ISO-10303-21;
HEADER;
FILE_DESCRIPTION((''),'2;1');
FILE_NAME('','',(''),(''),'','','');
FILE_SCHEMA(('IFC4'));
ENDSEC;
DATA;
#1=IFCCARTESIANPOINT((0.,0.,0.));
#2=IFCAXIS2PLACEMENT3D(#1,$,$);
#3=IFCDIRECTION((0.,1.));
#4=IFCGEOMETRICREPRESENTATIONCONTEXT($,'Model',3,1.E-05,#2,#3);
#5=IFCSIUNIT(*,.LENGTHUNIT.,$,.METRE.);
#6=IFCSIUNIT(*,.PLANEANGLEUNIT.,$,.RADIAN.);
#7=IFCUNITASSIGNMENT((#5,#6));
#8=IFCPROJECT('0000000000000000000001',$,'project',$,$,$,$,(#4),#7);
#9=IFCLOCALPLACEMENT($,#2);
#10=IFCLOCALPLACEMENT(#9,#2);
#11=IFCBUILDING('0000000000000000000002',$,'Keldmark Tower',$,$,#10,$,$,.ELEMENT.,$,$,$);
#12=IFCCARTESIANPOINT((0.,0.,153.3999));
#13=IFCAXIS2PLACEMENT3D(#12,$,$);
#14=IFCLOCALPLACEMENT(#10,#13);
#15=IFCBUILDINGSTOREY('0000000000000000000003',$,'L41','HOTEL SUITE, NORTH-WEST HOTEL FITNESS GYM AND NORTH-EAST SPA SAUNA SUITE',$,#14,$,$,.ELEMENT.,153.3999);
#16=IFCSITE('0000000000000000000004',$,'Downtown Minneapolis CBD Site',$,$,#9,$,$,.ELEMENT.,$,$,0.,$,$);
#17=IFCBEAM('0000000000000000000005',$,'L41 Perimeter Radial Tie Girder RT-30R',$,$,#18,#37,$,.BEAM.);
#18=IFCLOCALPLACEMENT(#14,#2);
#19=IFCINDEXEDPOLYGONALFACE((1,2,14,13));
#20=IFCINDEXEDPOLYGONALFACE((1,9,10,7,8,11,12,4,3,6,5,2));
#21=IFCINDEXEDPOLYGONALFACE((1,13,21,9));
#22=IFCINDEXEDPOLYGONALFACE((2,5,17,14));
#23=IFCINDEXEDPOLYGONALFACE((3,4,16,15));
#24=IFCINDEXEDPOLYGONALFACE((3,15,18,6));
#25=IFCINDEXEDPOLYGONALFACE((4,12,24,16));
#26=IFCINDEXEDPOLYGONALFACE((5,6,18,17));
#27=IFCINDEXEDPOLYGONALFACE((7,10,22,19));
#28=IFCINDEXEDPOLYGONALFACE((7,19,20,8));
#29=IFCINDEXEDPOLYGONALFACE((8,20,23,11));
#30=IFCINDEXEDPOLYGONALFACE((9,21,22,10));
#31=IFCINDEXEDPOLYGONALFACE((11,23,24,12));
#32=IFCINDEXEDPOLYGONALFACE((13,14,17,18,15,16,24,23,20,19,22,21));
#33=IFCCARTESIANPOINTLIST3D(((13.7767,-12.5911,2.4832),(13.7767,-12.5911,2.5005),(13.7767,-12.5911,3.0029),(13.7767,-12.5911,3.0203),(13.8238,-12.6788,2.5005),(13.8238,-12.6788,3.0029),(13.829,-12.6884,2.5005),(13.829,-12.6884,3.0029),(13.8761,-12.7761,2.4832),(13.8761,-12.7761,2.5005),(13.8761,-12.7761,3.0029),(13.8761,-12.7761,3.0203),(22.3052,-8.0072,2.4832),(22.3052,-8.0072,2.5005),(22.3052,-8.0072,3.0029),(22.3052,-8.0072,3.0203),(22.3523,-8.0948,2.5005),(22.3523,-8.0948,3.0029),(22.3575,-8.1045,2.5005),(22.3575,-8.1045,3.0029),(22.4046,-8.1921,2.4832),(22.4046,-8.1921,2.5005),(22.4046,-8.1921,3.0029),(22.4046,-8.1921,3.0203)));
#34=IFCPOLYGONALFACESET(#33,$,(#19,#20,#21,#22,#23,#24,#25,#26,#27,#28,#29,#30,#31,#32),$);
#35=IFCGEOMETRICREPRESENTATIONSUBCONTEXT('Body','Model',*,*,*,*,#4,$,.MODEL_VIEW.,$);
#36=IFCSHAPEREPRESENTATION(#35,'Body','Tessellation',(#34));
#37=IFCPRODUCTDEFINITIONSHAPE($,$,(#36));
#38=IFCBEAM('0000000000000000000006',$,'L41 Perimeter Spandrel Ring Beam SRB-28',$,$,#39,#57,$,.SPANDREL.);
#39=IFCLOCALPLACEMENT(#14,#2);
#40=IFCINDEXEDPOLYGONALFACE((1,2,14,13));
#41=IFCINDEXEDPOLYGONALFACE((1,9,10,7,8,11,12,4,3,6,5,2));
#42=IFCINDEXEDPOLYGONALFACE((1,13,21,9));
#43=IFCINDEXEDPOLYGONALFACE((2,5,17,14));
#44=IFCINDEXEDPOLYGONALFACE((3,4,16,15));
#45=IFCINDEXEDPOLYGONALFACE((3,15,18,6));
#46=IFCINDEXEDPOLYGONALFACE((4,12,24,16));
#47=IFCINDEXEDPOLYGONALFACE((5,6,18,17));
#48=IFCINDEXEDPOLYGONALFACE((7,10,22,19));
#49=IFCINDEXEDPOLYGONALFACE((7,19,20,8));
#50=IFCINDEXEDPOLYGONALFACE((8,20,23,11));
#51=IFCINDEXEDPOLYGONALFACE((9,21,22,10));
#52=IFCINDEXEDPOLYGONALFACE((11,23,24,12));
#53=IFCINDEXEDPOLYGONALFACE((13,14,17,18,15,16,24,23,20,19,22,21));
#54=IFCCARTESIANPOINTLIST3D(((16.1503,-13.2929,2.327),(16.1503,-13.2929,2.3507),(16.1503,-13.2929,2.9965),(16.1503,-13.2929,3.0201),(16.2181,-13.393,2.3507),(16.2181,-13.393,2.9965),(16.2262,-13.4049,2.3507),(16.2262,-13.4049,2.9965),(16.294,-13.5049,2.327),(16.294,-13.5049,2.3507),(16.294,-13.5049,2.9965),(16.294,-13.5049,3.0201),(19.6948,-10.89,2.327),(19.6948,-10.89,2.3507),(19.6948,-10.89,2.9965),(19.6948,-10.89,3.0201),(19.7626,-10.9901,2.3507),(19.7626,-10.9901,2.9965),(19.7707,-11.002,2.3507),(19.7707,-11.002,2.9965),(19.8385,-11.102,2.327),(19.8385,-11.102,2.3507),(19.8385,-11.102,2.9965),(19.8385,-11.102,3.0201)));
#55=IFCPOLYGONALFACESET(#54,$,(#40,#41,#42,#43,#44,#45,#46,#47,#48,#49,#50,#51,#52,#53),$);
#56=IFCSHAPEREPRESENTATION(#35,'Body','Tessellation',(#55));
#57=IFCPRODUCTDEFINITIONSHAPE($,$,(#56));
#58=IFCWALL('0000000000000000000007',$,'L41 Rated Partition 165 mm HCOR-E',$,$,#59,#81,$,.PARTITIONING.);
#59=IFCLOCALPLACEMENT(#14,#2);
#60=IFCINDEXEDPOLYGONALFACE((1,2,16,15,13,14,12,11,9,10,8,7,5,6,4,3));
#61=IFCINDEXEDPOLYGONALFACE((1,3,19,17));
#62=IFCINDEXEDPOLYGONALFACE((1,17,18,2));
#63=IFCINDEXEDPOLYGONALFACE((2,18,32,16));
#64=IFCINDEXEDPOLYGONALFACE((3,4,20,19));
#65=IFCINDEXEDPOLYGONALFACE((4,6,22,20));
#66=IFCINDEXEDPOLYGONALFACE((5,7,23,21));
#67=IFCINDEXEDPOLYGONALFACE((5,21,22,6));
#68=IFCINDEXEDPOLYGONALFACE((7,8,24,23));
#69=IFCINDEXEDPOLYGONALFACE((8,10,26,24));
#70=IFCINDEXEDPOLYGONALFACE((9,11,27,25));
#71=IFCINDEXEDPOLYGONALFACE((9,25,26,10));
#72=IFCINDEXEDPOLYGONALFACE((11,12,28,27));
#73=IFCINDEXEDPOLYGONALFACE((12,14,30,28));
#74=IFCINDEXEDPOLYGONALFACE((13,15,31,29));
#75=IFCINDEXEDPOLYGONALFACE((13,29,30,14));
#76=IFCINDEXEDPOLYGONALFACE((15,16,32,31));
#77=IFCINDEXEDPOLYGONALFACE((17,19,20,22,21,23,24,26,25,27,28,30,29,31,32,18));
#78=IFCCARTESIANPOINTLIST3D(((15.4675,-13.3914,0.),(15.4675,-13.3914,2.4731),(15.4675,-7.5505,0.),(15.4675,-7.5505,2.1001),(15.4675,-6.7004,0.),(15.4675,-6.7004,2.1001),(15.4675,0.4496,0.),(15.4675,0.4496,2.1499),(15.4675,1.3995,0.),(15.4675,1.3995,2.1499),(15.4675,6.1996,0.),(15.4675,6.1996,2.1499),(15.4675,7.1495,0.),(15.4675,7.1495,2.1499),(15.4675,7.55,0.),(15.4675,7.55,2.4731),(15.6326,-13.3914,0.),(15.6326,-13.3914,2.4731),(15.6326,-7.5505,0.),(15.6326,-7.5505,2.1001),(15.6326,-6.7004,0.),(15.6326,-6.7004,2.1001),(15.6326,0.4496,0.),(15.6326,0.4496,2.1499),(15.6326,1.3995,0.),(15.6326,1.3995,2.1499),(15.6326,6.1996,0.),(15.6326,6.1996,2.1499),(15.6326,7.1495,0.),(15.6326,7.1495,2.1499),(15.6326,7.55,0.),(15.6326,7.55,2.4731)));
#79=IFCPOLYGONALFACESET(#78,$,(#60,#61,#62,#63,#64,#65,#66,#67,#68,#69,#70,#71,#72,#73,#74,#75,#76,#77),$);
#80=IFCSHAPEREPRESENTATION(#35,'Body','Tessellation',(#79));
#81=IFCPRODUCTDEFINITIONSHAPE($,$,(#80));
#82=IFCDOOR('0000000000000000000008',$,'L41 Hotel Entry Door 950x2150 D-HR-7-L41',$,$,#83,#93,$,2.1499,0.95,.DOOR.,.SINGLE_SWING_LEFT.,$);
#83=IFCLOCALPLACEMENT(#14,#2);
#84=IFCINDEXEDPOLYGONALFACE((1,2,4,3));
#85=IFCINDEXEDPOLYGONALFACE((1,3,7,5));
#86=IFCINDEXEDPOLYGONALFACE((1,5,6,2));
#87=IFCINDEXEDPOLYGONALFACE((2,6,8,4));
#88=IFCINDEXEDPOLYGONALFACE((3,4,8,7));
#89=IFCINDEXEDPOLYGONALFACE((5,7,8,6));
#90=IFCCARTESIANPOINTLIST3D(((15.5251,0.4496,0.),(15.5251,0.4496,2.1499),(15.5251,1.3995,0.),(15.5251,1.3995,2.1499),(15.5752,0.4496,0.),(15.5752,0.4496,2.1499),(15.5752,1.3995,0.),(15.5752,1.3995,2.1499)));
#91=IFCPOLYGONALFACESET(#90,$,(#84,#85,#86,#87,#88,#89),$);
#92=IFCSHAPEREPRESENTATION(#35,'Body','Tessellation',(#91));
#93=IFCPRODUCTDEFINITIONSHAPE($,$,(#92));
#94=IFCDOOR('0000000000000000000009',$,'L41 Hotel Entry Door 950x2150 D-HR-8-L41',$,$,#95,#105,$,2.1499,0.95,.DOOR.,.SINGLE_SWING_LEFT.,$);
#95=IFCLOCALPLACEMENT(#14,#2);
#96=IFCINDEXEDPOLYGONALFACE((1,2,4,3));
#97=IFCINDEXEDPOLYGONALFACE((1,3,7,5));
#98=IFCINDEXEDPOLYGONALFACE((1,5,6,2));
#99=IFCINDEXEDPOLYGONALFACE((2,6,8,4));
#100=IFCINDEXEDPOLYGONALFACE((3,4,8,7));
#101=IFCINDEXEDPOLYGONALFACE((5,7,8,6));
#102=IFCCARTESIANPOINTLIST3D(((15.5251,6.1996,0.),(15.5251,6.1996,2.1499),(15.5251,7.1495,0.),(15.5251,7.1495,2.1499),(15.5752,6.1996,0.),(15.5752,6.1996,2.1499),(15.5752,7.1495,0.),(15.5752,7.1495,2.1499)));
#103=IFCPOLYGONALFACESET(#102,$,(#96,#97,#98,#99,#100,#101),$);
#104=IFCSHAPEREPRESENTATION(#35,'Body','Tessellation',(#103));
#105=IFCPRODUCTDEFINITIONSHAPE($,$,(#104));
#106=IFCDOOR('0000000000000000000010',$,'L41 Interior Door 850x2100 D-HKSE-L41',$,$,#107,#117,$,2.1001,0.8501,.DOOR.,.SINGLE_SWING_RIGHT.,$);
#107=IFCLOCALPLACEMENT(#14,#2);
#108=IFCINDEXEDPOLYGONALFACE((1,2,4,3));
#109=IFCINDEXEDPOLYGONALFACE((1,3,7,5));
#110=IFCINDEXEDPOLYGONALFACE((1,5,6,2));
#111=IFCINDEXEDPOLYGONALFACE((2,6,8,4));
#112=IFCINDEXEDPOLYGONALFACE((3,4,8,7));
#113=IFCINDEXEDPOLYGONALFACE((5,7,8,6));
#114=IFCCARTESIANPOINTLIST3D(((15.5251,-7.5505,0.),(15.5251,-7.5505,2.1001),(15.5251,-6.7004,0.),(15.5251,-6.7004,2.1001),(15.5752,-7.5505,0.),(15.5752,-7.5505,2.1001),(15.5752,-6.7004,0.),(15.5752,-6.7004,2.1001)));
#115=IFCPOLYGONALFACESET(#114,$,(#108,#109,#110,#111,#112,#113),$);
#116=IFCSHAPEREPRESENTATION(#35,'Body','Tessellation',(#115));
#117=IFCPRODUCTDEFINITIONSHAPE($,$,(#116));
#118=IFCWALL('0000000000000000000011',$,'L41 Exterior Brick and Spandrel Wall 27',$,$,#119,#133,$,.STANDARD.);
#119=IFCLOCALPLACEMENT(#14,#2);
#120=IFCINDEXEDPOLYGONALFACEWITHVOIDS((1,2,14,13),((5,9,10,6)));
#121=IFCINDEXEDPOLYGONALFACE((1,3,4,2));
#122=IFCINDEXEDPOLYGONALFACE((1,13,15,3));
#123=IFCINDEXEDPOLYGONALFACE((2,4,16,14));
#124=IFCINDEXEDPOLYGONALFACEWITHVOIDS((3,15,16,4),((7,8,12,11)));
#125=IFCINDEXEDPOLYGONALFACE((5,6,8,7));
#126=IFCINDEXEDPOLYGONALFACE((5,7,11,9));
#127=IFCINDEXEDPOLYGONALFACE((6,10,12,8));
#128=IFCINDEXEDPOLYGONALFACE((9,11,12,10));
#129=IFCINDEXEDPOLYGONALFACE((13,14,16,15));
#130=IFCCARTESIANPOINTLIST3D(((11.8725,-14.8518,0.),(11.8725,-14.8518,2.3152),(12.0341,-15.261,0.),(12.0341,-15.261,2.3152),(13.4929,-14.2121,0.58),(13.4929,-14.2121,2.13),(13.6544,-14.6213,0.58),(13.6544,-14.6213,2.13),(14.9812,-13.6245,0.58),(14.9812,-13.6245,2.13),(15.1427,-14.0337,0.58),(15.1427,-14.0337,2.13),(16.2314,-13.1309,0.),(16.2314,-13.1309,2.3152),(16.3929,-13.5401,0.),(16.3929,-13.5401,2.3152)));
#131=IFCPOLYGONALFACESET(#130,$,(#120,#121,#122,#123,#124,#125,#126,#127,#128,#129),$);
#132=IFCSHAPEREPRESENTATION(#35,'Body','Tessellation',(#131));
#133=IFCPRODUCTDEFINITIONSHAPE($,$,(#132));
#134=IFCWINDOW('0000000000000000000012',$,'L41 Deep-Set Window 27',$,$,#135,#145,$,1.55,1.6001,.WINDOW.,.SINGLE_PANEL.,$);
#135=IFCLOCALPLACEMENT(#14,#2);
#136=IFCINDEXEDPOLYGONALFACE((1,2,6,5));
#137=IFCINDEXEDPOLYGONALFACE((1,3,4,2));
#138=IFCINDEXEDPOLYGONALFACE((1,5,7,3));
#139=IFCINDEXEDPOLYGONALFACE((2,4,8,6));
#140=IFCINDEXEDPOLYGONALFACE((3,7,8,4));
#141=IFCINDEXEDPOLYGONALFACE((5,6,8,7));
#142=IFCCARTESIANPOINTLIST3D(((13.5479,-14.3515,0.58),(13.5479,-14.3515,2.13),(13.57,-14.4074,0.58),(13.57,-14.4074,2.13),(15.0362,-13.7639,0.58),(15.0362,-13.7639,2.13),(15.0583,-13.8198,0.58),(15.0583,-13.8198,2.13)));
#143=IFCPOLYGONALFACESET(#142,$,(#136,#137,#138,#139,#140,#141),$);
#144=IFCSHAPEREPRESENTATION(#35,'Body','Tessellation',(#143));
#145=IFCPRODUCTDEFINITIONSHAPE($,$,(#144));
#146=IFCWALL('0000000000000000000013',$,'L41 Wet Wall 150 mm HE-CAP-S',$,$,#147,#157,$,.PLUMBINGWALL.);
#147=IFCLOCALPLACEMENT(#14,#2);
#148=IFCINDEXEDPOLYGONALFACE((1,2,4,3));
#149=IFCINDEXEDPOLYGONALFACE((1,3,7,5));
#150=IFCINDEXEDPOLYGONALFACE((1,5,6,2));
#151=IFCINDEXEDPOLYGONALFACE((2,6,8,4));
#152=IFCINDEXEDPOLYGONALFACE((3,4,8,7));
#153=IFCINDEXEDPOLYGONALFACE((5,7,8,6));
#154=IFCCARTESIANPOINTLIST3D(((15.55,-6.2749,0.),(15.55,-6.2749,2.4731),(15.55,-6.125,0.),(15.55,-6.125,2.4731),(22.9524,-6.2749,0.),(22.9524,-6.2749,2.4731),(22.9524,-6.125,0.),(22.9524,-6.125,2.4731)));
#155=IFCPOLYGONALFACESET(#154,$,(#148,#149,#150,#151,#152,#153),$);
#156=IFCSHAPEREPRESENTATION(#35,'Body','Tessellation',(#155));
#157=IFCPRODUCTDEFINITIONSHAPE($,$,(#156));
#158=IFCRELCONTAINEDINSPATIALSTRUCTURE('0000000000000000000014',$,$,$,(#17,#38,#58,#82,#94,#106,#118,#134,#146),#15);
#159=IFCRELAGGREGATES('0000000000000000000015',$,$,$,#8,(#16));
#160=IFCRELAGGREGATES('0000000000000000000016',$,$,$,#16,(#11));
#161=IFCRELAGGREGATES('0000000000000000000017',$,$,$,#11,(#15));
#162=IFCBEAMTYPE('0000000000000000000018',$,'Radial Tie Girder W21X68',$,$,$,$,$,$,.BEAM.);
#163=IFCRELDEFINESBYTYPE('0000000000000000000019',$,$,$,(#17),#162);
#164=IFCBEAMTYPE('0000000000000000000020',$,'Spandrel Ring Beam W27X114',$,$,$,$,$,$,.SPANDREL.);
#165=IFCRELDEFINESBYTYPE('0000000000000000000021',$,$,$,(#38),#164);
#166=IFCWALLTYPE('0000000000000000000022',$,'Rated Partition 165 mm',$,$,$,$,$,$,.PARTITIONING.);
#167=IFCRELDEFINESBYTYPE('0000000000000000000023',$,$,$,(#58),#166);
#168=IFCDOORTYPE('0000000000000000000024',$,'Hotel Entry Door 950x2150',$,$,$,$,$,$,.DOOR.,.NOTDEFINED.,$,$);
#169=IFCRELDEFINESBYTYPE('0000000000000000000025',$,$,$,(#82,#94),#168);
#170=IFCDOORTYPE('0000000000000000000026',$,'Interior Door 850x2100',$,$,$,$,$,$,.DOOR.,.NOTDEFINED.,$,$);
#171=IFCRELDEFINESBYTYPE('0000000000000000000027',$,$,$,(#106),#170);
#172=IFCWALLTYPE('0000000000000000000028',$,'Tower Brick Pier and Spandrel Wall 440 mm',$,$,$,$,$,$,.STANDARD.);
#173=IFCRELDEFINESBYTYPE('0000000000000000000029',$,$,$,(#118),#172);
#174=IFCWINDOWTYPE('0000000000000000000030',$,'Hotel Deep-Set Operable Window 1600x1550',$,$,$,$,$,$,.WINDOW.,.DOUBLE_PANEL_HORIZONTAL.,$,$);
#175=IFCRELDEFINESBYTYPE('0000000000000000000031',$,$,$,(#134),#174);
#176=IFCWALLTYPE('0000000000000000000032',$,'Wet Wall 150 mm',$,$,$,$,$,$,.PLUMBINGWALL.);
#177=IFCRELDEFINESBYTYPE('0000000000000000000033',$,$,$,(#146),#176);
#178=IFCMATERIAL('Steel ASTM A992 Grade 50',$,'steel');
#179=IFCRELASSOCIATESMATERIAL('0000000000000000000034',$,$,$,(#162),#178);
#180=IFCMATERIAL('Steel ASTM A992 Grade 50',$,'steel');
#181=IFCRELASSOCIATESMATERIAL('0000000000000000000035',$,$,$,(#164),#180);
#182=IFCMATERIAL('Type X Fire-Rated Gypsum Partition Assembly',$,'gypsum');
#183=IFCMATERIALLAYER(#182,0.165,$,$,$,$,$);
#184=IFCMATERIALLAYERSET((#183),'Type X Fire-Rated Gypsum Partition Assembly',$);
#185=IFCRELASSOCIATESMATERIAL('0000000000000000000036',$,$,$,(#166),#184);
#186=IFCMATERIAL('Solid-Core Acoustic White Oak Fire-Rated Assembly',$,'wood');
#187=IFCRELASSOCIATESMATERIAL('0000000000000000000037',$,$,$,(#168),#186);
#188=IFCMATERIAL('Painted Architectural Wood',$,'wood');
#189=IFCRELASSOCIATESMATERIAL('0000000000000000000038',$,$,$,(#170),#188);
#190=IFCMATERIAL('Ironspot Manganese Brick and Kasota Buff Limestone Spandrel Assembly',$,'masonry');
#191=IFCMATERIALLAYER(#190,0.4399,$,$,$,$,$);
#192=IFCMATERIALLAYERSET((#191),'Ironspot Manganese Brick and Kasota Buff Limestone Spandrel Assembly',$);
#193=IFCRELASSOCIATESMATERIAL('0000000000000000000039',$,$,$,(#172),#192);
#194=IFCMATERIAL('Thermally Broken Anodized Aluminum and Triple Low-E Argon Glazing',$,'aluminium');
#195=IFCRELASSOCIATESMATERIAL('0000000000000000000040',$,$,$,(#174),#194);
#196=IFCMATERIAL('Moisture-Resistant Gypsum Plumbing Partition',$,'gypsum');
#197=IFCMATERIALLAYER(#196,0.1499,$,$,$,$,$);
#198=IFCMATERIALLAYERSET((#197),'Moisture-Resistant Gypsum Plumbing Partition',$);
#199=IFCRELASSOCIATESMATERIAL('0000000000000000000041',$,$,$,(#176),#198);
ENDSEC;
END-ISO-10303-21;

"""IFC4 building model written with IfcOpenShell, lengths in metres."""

from ifc_helpers import new_model, si_unit, direction, frame, frame_2d, origin, origin_2d, place, context, subcontext, project, spatial, rectangle, i_section, extrude, material, layer, layer_set, material_profile, profile_set, type_object, element, fill, save


model = new_model("IFC4")

# Units and contexts
model_context = context("Model", 3, precision=1e-05, world=origin(), true_north=direction((0.0, 1.0)))
body_context = subcontext(model_context, "Body", "Model", "MODEL_VIEW")
ifc_project = project(units=[si_unit("LENGTHUNIT", "METRE"), si_unit("PLANEANGLEUNIT", "RADIAN")], contexts=[model_context])

# Site, building, storey
site_placement = place(None, origin())
site = spatial("IfcSite", under=ifc_project, at=site_placement, Name="Downtown Minneapolis CBD Site", CompositionType="ELEMENT", RefElevation=0.0)
building_placement = place(site_placement, origin())
building = spatial("IfcBuilding", under=site, at=building_placement, Name="Keldmark Tower", CompositionType="ELEMENT")
storey_placement = place(building_placement, frame((0.0, 0.0, 153.3999)))
storey = spatial("IfcBuildingStorey", under=building, at=storey_placement, Name="L41", Description="HOTEL SUITE, NORTH-WEST HOTEL FITNESS GYM AND NORTH-EAST SPA SAUNA SUITE", CompositionType="ELEMENT", Elevation=153.3999)

# Beams
ifc_material_1 = material(Name="Steel ASTM A992 Grade 50", Category="steel")
ifc_material_profile_1 = material_profile(ifc_material_1, i_section(OverallWidth=0.21, OverallDepth=0.5371, WebThickness=0.011, FlangeThickness=0.0173, at=origin_2d()), Name="W21X68")
ifc_profile_set_1 = profile_set([ifc_material_profile_1], Name="Steel ASTM A992 Grade 50")
beam_type_1 = type_object("IfcBeamType", Name="Radial Tie Girder W21X68", PredefinedType="BEAM", material=ifc_profile_set_1)
beam_1_placement = place(storey_placement, frame((13.8264, -12.6836, 2.7517), z_axis=(0.88083, 0.473434, 0.0), x_axis=(-0.473434, 0.88083, 0.0)))
element("IfcBeam", 1, at=beam_1_placement, inside=storey, type_object=beam_type_1, Name="L41 Perimeter Radial Tie Girder RT-30R", PredefinedType="BEAM", context=body_context, shape_type="SweptSolid", body=[
    extrude(i_section(OverallWidth=0.21, OverallDepth=0.5371, WebThickness=0.011, FlangeThickness=0.0173, at=origin_2d()), origin(), (0.0, 0.0, 1.0), 9.6824),
])
ifc_material_2 = material(Name="Steel ASTM A992 Grade 50", Category="steel")
ifc_material_profile_2 = material_profile(ifc_material_2, i_section(OverallWidth=0.2561, OverallDepth=0.6931, WebThickness=0.0144, FlangeThickness=0.0237, at=origin_2d()), Name="W27X114")
ifc_profile_set_2 = profile_set([ifc_material_profile_2], Name="Steel ASTM A992 Grade 50")
beam_type_2 = type_object("IfcBeamType", Name="Spandrel Ring Beam W27X114", PredefinedType="SPANDREL", material=ifc_profile_set_2)
beam_2_placement = place(storey_placement, frame((16.2222, -13.3989, 2.6736), z_axis=(0.827727, 0.56113, 0.0), x_axis=(-0.56113, 0.827727, 0.0)))
element("IfcBeam", 2, at=beam_2_placement, inside=storey, type_object=beam_type_2, Name="L41 Perimeter Spandrel Ring Beam SRB-28", PredefinedType="SPANDREL", context=body_context, shape_type="SweptSolid", body=[
    extrude(i_section(OverallWidth=0.2561, OverallDepth=0.6931, WebThickness=0.0144, FlangeThickness=0.0237, at=origin_2d()), origin(), (0.0, 0.0, 1.0), 4.2822),
])

# Wall, openings, doors
ifc_material_3 = material(Name="Type X Fire-Rated Gypsum Partition Assembly", Category="gypsum")
ifc_layer_1 = layer(ifc_material_3, 0.165)
ifc_layer_set_1 = layer_set([ifc_layer_1], Name="Type X Fire-Rated Gypsum Partition Assembly")
wall_type_1 = type_object("IfcWallType", Name="Rated Partition 165 mm", PredefinedType="PARTITIONING", material=ifc_layer_set_1)
wall_1_placement = place(storey_placement, frame((15.55, -13.3914, 0.0), z_axis=(0.0, 0.0, 1.0), x_axis=(0.0, 1.0, 0.0)))
wall_1 = element("IfcWall", 3, at=wall_1_placement, inside=storey, type_object=wall_type_1, Name="L41 Rated Partition 165 mm HCOR-E", PredefinedType="PARTITIONING", context=body_context, shape_type="SweptSolid", body=[
    extrude(rectangle(XDim=20.9414, YDim=0.165, at=frame_2d((10.4707, 0.0))), origin(), (0.0, 0.0, 1.0), 2.4731),
])
opening_1_placement = place(wall_1_placement, frame((5.8408, 0.0, 0.0)))
opening_1 = element("IfcOpeningElement", 4, at=opening_1_placement, cuts=wall_1, PredefinedType="OPENING", context=body_context, shape_type="SweptSolid", body=[
    extrude(rectangle(XDim=0.8501, YDim=2.1001, at=frame_2d((0.425, 1.05))), frame((0.0, 0.0925, 0.0), z_axis=(0.0, -1.0, 0.0), x_axis=(1.0, 0.0, 0.0)), (0.0, 0.0, 1.0), 0.1851),
])
opening_2_placement = place(wall_1_placement, frame((13.8408, 0.0, 0.0)))
opening_2 = element("IfcOpeningElement", 5, at=opening_2_placement, cuts=wall_1, PredefinedType="OPENING", context=body_context, shape_type="SweptSolid", body=[
    extrude(rectangle(XDim=0.95, YDim=2.1499, at=frame_2d((0.4751, 1.075))), frame((0.0, 0.0925, 0.0), z_axis=(0.0, -1.0, 0.0), x_axis=(1.0, 0.0, 0.0)), (0.0, 0.0, 1.0), 0.1851),
])
opening_3_placement = place(wall_1_placement, frame((19.5908, 0.0, 0.0)))
opening_3 = element("IfcOpeningElement", 6, at=opening_3_placement, cuts=wall_1, PredefinedType="OPENING", context=body_context, shape_type="SweptSolid", body=[
    extrude(rectangle(XDim=0.95, YDim=2.1499, at=frame_2d((0.4751, 1.075))), frame((0.0, 0.0925, 0.0), z_axis=(0.0, -1.0, 0.0), x_axis=(1.0, 0.0, 0.0)), (0.0, 0.0, 1.0), 0.1851),
])
ifc_material_4 = material(Name="Solid-Core Acoustic White Oak Fire-Rated Assembly", Category="wood")
door_type_1 = type_object("IfcDoorType", Name="Hotel Entry Door 950x2150", OperationType="NOTDEFINED", PredefinedType="DOOR", material=ifc_material_4)
door_1_placement = place(opening_2_placement, origin())
door_1 = element("IfcDoor", 7, at=door_1_placement, inside=storey, type_object=door_type_1, Name="L41 Hotel Entry Door 950x2150 D-HR-7-L41", OperationType="SINGLE_SWING_LEFT", OverallHeight=2.1499, OverallWidth=0.95, PredefinedType="DOOR", context=body_context, shape_type="SweptSolid", body=[
    extrude(rectangle(XDim=0.95, YDim=2.1499, at=frame_2d((0.4751, 1.075))), frame((0.0, 0.0249, 0.0), z_axis=(0.0, -1.0, 0.0), x_axis=(1.0, 0.0, 0.0)), (0.0, 0.0, 1.0), 0.05),
])
fill(opening_2, door_1)
door_2_placement = place(opening_3_placement, origin())
door_2 = element("IfcDoor", 8, at=door_2_placement, inside=storey, type_object=door_type_1, Name="L41 Hotel Entry Door 950x2150 D-HR-8-L41", OperationType="SINGLE_SWING_LEFT", OverallHeight=2.1499, OverallWidth=0.95, PredefinedType="DOOR", context=body_context, shape_type="SweptSolid", body=[
    extrude(rectangle(XDim=0.95, YDim=2.1499, at=frame_2d((0.4751, 1.075))), frame((0.0, 0.0249, 0.0), z_axis=(0.0, -1.0, 0.0), x_axis=(1.0, 0.0, 0.0)), (0.0, 0.0, 1.0), 0.05),
])
fill(opening_3, door_2)
ifc_material_5 = material(Name="Painted Architectural Wood", Category="wood")
door_type_2 = type_object("IfcDoorType", Name="Interior Door 850x2100", OperationType="NOTDEFINED", PredefinedType="DOOR", material=ifc_material_5)
door_3_placement = place(opening_1_placement, origin())
door_3 = element("IfcDoor", 9, at=door_3_placement, inside=storey, type_object=door_type_2, Name="L41 Interior Door 850x2100 D-HKSE-L41", OperationType="SINGLE_SWING_RIGHT", OverallHeight=2.1001, OverallWidth=0.8501, PredefinedType="DOOR", context=body_context, shape_type="SweptSolid", body=[
    extrude(rectangle(XDim=0.8501, YDim=2.1001, at=frame_2d((0.425, 1.05))), frame((0.0, 0.0249, 0.0), z_axis=(0.0, -1.0, 0.0), x_axis=(1.0, 0.0, 0.0)), (0.0, 0.0, 1.0), 0.05),
])
fill(opening_1, door_3)

# Wall, opening, window
ifc_material_6 = material(Name="Ironspot Manganese Brick and Kasota Buff Limestone Spandrel Assembly", Category="masonry")
ifc_layer_2 = layer(ifc_material_6, 0.4399)
ifc_layer_set_2 = layer_set([ifc_layer_2], Name="Ironspot Manganese Brick and Kasota Buff Limestone Spandrel Assembly")
wall_type_2 = type_object("IfcWallType", Name="Tower Brick Pier and Spandrel Wall 440 mm", PredefinedType="STANDARD", material=ifc_layer_set_2)
wall_2_placement = place(storey_placement, frame((16.3123, -13.3354, 0.0), z_axis=(0.0, 0.0, 1.0), x_axis=(-0.930131, -0.367228, 0.0)))
wall_2 = element("IfcWall", 10, at=wall_2_placement, inside=storey, type_object=wall_type_2, Name="L41 Exterior Brick and Spandrel Wall 27", PredefinedType="STANDARD", context=body_context, shape_type="SweptSolid", body=[
    extrude(rectangle(XDim=4.6863, YDim=0.4399, at=frame_2d((2.3433, 0.0))), origin(), (0.0, 0.0, 1.0), 2.3152),
])
opening_4_placement = place(wall_2_placement, frame((1.3442, 0.0, 0.5801)))
opening_4 = element("IfcOpeningElement", 11, at=opening_4_placement, cuts=wall_2, PredefinedType="OPENING", context=body_context, shape_type="SweptSolid", body=[
    extrude(rectangle(XDim=1.6001, YDim=1.55, at=frame_2d((0.8, 0.7749))), frame((0.0, 0.23, 0.0), z_axis=(0.0, -1.0, 0.0), x_axis=(1.0, 0.0, 0.0)), (0.0, 0.0, 1.0), 0.46),
])
ifc_material_7 = material(Name="Thermally Broken Anodized Aluminum and Triple Low-E Argon Glazing", Category="aluminium")
window_type = type_object("IfcWindowType", Name="Hotel Deep-Set Operable Window 1600x1550", PartitioningType="DOUBLE_PANEL_HORIZONTAL", PredefinedType="WINDOW", material=ifc_material_7)
window_placement = place(opening_4_placement, origin())
window = element("IfcWindow", 12, at=window_placement, inside=storey, type_object=window_type, Name="L41 Deep-Set Window 27", OverallHeight=1.55, OverallWidth=1.6001, PartitioningType="SINGLE_PANEL", PredefinedType="WINDOW", context=body_context, shape_type="SweptSolid", body=[
    extrude(rectangle(XDim=1.6001, YDim=1.55, at=frame_2d((0.8, 0.7749))), frame((0.0, -0.01, 0.0), z_axis=(0.0, -1.0, 0.0), x_axis=(1.0, 0.0, 0.0)), (0.0, 0.0, 1.0), 0.0601),
])
fill(opening_4, window)

# Wall
ifc_material_8 = material(Name="Moisture-Resistant Gypsum Plumbing Partition", Category="gypsum")
ifc_layer_3 = layer(ifc_material_8, 0.1499)
ifc_layer_set_3 = layer_set([ifc_layer_3], Name="Moisture-Resistant Gypsum Plumbing Partition")
wall_type_3 = type_object("IfcWallType", Name="Wet Wall 150 mm", PredefinedType="PLUMBINGWALL", material=ifc_layer_set_3)
wall_3_placement = place(storey_placement, frame((15.55, -6.2, 0.0), z_axis=(0.0, 0.0, 1.0), x_axis=(1.0, 0.0, 0.0)))
element("IfcWall", 13, at=wall_3_placement, inside=storey, type_object=wall_type_3, Name="L41 Wet Wall 150 mm HE-CAP-S", PredefinedType="PLUMBINGWALL", context=body_context, shape_type="SweptSolid", body=[
    extrude(rectangle(XDim=7.4023, YDim=0.1499, at=frame_2d((3.7012, 0.0))), origin(), (0.0, 0.0, 1.0), 2.4731),
])

save(model, "model.ifc")
